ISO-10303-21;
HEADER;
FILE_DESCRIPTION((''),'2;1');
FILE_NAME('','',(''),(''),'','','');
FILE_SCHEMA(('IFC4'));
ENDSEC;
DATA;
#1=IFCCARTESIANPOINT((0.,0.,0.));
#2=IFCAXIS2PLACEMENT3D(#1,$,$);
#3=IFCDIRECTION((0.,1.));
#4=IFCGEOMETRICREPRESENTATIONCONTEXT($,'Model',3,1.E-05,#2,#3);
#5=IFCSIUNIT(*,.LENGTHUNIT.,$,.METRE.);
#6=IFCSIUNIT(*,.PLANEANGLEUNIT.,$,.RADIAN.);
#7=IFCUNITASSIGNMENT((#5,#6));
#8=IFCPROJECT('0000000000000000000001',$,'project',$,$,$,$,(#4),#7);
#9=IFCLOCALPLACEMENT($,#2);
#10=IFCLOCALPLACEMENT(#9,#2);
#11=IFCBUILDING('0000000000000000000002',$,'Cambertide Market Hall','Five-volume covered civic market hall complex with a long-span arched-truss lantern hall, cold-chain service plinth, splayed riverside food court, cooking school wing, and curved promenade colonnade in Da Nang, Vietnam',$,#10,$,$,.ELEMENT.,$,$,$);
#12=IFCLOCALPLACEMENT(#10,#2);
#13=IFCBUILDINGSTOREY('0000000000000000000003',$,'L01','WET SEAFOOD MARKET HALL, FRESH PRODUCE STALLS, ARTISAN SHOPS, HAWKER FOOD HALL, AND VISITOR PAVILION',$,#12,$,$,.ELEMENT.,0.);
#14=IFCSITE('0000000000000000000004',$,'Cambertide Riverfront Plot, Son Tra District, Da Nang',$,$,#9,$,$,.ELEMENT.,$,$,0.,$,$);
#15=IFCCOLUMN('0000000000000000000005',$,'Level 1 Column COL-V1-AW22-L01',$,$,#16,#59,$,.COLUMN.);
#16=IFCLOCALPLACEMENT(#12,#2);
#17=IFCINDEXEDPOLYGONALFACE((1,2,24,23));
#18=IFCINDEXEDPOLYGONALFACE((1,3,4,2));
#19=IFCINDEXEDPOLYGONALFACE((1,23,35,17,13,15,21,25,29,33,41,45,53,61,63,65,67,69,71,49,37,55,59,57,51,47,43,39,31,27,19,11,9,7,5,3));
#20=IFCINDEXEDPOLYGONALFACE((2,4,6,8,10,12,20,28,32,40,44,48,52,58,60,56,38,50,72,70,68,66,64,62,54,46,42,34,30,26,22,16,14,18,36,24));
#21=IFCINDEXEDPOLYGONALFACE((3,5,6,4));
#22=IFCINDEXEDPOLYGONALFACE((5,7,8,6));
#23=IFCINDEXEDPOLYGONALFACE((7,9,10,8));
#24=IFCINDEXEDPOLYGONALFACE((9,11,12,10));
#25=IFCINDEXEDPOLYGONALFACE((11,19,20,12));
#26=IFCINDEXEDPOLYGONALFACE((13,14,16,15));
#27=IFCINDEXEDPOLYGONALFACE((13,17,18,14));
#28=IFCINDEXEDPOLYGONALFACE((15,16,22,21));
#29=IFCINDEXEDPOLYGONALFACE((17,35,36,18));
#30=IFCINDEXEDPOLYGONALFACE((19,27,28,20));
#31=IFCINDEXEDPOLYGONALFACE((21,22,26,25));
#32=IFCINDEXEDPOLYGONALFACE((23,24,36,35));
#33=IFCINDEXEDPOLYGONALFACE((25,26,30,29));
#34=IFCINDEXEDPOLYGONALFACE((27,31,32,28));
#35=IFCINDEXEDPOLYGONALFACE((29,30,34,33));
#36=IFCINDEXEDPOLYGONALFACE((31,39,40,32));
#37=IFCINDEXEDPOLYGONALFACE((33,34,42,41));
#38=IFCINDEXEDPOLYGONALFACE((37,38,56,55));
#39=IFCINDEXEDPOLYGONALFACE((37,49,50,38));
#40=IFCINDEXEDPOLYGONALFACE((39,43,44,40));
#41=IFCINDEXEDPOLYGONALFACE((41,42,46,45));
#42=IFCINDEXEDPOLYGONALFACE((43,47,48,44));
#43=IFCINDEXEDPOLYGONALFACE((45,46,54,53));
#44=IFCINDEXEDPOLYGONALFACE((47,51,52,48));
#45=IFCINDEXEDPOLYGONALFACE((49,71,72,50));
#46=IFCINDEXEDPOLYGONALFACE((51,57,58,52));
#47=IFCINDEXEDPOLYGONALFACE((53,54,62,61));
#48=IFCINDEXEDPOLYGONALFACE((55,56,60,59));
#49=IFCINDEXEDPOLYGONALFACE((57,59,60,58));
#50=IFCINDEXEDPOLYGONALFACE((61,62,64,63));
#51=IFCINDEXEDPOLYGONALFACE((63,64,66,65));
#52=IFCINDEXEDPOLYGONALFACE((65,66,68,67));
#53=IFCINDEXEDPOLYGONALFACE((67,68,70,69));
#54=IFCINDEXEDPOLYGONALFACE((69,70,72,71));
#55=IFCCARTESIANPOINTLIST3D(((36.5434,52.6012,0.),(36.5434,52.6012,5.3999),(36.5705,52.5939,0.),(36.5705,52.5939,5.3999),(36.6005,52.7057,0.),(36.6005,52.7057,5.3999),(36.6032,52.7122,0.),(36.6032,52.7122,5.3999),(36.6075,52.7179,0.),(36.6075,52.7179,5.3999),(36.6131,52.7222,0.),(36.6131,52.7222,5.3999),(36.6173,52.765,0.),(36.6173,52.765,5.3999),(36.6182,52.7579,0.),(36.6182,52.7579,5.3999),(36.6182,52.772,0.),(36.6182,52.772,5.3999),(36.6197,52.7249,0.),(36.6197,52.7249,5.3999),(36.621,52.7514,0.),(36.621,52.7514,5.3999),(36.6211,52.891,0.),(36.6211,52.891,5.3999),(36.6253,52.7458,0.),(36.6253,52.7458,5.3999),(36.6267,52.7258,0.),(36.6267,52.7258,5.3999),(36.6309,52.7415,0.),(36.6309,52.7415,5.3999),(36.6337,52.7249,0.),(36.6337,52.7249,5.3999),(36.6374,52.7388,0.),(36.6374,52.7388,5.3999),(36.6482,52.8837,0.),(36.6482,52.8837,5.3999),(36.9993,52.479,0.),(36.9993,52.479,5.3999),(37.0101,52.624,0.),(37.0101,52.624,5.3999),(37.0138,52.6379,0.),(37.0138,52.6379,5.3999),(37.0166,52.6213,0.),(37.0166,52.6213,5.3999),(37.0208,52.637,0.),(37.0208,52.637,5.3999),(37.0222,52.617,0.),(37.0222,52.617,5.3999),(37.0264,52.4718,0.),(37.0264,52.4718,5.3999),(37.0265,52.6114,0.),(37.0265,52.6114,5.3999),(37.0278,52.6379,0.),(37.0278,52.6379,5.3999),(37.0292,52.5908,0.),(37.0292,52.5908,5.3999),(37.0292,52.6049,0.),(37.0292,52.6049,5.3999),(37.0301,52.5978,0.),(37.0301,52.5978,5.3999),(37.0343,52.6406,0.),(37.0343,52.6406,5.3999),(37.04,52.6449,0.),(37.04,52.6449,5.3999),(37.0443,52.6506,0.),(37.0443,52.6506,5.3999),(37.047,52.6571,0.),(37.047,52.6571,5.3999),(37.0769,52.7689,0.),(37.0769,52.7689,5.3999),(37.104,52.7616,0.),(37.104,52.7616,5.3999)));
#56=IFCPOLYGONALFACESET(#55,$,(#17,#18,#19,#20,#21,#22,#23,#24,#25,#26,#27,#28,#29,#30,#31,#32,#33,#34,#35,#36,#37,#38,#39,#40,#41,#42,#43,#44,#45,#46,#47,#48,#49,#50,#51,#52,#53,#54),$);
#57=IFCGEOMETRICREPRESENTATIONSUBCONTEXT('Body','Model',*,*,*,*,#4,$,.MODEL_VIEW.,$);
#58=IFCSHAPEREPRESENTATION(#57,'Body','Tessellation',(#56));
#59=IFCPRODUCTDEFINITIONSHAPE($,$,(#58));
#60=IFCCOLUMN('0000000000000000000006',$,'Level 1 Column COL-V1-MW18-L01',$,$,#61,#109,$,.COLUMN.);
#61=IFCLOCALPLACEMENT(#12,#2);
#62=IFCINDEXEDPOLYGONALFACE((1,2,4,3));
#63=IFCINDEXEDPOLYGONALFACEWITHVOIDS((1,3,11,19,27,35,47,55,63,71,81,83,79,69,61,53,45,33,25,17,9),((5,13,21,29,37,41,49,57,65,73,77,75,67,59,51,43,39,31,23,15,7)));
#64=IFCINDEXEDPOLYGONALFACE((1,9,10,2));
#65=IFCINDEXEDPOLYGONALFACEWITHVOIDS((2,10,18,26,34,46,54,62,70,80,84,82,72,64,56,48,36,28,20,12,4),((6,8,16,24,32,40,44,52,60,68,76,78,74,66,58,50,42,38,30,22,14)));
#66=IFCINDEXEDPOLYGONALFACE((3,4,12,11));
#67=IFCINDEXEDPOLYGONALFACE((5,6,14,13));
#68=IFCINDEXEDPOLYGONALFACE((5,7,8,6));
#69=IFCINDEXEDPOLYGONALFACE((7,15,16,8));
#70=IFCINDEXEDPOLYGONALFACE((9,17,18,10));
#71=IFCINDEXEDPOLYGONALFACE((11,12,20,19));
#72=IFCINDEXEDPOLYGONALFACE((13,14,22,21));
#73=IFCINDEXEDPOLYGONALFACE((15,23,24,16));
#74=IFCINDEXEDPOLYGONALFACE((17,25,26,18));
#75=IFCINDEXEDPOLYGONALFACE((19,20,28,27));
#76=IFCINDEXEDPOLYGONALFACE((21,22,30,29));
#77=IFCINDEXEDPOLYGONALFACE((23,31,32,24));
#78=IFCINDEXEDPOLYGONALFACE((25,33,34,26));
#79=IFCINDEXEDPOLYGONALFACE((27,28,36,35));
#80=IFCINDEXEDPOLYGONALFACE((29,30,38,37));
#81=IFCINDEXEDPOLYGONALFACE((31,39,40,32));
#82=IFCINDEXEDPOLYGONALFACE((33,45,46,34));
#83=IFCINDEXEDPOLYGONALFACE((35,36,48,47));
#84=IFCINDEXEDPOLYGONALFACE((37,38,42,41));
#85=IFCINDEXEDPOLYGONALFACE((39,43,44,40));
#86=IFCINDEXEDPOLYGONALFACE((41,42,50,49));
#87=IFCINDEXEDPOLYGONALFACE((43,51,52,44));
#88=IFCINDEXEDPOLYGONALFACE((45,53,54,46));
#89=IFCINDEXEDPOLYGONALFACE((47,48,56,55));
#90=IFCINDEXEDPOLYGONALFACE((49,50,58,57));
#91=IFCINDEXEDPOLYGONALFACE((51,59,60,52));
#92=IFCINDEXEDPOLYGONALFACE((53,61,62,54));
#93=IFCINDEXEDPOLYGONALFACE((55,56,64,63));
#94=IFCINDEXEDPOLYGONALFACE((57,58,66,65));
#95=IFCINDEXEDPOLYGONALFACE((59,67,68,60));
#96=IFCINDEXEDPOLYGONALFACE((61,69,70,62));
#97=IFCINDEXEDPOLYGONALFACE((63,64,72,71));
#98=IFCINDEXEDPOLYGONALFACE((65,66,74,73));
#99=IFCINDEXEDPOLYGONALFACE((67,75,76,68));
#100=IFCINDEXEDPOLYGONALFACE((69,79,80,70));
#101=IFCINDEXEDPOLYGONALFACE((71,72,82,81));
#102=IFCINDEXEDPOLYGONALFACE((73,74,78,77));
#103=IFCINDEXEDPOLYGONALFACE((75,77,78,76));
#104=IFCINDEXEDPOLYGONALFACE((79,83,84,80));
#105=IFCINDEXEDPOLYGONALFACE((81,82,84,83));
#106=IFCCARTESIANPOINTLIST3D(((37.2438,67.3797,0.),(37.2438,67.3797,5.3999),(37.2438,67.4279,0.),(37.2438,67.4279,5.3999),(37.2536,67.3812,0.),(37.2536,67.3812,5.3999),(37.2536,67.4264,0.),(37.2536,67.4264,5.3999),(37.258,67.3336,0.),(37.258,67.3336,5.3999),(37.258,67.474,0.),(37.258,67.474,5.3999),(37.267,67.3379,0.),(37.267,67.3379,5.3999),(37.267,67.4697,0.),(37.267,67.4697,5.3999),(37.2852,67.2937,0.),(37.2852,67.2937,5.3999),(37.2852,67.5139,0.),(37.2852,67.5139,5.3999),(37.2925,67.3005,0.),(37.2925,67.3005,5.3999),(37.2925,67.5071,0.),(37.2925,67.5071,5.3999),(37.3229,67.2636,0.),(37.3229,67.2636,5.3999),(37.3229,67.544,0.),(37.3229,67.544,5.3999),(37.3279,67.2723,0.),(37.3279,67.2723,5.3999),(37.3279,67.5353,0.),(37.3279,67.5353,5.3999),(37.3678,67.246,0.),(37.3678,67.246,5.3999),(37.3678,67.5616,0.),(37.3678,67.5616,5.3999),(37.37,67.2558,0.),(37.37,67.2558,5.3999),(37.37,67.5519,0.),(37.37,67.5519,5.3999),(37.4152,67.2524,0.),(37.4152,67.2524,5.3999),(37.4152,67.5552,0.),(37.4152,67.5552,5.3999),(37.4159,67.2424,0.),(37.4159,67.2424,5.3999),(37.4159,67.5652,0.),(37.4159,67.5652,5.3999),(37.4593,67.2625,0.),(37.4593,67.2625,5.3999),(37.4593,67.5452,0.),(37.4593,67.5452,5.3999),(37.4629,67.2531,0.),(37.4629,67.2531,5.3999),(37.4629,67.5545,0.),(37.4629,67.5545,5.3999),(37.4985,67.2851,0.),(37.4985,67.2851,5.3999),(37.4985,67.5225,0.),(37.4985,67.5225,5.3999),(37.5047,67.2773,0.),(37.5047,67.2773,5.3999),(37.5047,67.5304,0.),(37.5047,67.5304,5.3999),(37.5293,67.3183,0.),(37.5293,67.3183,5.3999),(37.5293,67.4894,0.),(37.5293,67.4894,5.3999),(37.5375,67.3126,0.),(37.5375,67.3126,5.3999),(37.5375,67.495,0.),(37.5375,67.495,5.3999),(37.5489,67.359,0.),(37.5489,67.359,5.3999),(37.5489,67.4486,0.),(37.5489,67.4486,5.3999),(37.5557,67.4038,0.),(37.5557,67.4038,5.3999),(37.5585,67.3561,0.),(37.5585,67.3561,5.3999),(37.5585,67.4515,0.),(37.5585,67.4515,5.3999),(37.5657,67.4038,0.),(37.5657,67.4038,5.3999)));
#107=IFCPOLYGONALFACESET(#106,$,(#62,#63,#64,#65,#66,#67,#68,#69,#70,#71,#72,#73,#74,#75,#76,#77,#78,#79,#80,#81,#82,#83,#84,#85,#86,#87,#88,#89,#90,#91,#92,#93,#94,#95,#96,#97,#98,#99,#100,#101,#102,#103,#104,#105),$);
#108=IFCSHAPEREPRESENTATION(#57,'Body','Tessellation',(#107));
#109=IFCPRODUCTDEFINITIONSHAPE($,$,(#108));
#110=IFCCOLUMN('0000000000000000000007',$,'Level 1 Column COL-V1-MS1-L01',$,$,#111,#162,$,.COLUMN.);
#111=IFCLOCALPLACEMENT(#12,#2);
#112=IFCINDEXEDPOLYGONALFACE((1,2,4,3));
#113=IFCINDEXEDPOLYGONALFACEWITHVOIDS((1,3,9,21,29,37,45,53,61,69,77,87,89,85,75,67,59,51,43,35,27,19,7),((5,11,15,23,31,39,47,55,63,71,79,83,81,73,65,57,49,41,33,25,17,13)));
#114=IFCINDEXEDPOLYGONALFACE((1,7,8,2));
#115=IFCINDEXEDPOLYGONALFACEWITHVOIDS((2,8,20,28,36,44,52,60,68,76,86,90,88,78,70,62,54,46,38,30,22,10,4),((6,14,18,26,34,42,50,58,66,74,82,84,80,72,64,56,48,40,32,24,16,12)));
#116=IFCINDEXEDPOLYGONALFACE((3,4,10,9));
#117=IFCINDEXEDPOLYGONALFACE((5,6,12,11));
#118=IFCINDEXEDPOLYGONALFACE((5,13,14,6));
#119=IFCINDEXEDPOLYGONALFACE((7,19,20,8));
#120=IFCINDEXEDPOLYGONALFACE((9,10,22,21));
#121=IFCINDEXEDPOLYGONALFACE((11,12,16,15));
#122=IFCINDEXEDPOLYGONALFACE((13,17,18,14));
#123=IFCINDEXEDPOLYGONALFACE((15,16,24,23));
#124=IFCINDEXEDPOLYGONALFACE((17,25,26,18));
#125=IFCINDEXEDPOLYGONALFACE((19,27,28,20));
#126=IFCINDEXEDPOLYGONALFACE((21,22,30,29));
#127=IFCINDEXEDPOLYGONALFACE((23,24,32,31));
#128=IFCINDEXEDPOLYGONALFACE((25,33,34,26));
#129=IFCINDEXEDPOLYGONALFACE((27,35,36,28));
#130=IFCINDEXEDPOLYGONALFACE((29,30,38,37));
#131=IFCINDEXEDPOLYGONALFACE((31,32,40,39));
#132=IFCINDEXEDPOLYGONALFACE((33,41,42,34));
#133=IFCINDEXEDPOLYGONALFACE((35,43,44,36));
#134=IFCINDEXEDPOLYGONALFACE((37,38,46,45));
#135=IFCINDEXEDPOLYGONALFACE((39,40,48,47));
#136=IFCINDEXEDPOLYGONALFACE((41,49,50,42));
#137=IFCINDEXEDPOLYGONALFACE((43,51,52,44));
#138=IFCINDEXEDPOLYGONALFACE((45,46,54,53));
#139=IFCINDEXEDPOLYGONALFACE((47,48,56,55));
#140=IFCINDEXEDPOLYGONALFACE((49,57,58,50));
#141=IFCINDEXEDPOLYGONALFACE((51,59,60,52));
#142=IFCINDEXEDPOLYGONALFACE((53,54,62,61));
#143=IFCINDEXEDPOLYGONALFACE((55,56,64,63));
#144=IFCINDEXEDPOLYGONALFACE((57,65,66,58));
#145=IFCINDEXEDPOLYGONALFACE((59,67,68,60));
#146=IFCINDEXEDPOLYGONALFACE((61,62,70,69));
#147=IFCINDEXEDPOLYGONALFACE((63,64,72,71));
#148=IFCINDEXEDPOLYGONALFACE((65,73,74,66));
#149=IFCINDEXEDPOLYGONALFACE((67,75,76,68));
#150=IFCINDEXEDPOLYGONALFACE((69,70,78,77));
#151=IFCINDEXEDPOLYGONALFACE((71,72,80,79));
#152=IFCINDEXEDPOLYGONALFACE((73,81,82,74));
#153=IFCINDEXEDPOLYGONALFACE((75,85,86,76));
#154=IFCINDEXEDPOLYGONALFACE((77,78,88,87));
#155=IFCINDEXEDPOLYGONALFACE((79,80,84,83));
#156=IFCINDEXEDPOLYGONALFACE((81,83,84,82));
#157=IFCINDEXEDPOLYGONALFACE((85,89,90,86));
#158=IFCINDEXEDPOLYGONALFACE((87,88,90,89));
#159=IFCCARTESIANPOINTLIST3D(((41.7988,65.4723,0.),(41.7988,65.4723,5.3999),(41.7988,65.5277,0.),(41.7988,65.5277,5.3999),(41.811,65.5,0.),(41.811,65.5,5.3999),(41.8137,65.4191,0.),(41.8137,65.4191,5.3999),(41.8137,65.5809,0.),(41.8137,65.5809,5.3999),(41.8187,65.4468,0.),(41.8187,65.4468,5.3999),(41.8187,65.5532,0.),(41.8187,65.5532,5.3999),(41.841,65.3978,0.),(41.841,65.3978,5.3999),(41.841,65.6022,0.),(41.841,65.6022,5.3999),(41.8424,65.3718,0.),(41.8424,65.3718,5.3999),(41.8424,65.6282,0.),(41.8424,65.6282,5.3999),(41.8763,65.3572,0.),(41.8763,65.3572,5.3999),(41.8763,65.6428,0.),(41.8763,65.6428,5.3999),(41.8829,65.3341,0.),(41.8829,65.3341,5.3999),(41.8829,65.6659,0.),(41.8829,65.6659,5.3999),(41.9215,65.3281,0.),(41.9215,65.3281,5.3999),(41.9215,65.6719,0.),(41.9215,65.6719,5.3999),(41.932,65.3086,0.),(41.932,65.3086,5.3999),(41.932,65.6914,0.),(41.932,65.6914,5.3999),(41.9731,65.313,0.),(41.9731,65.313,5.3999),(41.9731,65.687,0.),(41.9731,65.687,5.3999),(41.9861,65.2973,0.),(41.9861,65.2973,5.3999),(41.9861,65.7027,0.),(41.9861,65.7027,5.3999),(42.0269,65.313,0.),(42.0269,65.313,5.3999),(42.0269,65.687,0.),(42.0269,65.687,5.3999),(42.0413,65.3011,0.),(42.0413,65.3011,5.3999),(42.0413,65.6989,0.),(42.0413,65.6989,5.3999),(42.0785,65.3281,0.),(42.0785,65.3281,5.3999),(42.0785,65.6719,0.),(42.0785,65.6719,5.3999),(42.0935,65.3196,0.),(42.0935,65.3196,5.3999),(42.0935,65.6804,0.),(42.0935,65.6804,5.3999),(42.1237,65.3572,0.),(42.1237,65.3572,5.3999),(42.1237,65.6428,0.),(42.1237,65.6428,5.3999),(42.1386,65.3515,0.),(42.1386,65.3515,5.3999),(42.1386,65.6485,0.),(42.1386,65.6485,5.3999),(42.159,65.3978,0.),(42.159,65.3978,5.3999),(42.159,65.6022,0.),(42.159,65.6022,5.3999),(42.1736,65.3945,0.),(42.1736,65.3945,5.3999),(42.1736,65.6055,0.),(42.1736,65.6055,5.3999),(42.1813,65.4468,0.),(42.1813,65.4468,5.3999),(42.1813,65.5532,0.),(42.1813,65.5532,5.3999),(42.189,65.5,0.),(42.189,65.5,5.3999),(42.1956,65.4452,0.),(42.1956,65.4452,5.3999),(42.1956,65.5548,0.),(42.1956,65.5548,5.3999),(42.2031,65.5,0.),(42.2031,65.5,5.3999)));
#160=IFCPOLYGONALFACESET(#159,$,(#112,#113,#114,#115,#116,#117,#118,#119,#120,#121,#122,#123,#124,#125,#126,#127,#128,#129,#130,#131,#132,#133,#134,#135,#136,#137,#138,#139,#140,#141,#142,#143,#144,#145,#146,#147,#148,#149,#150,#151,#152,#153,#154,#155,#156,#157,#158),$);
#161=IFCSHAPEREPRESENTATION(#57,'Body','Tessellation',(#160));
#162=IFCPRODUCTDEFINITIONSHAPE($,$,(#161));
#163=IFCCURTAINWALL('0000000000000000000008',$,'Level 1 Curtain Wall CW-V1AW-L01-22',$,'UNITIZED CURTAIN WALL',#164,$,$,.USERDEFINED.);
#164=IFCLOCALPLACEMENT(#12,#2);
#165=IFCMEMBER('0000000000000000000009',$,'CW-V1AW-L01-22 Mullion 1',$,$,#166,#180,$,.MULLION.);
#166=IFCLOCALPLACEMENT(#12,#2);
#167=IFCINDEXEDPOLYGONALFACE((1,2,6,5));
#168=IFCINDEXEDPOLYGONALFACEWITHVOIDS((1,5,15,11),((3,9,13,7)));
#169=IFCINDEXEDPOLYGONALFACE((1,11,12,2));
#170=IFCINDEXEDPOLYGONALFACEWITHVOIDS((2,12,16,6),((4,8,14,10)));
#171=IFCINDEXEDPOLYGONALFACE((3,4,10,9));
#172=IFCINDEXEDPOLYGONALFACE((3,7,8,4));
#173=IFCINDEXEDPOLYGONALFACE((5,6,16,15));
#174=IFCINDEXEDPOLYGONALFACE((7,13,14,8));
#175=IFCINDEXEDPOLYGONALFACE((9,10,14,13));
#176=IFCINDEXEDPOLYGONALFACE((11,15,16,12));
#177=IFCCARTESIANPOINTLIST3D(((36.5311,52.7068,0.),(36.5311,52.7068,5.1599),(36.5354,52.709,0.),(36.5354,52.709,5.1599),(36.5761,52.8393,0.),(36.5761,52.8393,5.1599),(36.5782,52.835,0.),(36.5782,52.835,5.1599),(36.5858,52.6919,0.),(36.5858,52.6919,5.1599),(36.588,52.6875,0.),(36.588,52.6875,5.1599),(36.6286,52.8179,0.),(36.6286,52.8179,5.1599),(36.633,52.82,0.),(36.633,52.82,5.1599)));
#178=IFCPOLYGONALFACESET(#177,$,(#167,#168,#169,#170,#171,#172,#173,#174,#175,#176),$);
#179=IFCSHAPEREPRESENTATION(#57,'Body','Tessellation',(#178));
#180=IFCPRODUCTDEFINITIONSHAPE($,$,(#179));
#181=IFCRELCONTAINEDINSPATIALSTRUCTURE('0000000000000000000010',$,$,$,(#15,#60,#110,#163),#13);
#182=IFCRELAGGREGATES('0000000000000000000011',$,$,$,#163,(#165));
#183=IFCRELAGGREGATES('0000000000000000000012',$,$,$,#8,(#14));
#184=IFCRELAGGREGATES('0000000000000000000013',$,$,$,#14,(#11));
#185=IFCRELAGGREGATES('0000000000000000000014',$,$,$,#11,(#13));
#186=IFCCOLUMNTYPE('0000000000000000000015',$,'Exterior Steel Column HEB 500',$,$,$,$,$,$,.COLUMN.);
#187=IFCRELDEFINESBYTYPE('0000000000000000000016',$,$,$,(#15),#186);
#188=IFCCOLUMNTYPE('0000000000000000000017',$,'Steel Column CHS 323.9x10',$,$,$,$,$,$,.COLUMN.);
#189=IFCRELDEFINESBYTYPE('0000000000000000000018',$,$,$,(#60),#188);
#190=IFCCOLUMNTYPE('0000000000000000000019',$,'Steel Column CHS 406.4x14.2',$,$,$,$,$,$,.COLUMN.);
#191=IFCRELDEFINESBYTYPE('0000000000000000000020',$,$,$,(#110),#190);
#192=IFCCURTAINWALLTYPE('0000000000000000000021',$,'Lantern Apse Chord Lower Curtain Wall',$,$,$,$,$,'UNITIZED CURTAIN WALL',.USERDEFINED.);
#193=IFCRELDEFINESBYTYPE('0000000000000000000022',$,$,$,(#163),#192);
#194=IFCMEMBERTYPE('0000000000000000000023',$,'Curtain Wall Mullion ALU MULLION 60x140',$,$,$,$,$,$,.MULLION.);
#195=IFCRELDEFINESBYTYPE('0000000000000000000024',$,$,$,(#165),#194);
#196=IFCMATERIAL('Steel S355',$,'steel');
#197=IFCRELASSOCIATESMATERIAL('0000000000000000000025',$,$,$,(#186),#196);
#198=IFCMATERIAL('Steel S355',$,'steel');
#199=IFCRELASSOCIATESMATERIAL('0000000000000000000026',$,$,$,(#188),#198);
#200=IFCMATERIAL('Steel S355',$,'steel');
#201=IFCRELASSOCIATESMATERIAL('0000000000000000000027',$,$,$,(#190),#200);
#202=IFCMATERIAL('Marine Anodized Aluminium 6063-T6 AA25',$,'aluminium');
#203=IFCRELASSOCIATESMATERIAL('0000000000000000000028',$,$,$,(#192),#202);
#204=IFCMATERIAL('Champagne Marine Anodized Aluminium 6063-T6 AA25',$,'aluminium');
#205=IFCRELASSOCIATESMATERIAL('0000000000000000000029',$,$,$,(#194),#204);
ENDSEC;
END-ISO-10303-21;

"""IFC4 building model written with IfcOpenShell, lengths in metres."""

from ifc_helpers import new_model, si_unit, direction, frame, origin, origin_2d, place, context, subcontext, project, spatial, hollow_rectangle, hollow_circle, i_section, extrude, material, material_profile, profile_set, type_object, element, aggregate, save


model = new_model("IFC4")

# Units and contexts
model_context = context("Model", 3, precision=1e-05, world=origin(), true_north=direction((0.0, 1.0)))
body_context = subcontext(model_context, "Body", "Model", "MODEL_VIEW")
ifc_project = project(units=[si_unit("LENGTHUNIT", "METRE"), si_unit("PLANEANGLEUNIT", "RADIAN")], contexts=[model_context])

# Site, building, storey
site_placement = place(None, origin())
site = spatial("IfcSite", under=ifc_project, at=site_placement, Name="Cambertide Riverfront Plot, Son Tra District, Da Nang", CompositionType="ELEMENT", RefElevation=0.0)
building_placement = place(site_placement, origin())
building = spatial("IfcBuilding", under=site, at=building_placement, Name="Cambertide Market Hall", Description="Five-volume covered civic market hall complex with a long-span arched-truss lantern hall, cold-chain service plinth, splayed riverside food court, cooking school wing, and curved promenade colonnade in Da Nang, Vietnam", CompositionType="ELEMENT")
storey_placement = place(building_placement, origin())
storey = spatial("IfcBuildingStorey", under=building, at=storey_placement, Name="L01", Description="WET SEAFOOD MARKET HALL, FRESH PRODUCE STALLS, ARTISAN SHOPS, HAWKER FOOD HALL, AND VISITOR PAVILION", CompositionType="ELEMENT", Elevation=0.0)

# Columns
ifc_material_1 = material(Name="Steel S355", Category="steel")
ifc_material_profile_1 = material_profile(ifc_material_1, i_section(OverallWidth=0.3, OverallDepth=0.5, WebThickness=0.0144, FlangeThickness=0.0281, FilletRadius=0.0271, at=origin_2d()), Name="HEB 500")
ifc_profile_set_1 = profile_set([ifc_material_profile_1], Name="Steel S355")
column_type_1 = type_object("IfcColumnType", Name="Exterior Steel Column HEB 500", PredefinedType="COLUMN", material=ifc_profile_set_1)
column_1_placement = place(storey_placement, frame((36.8237, 52.6814, 0.0), z_axis=(0.0, 0.0, 1.0), x_axis=(-0.258819, -0.965926, 0.0)))
element("IfcColumn", 1, at=column_1_placement, inside=storey, type_object=column_type_1, Name="Level 1 Column COL-V1-AW22-L01", PredefinedType="COLUMN", context=body_context, shape_type="SweptSolid", body=[
    extrude(i_section(OverallWidth=0.3, OverallDepth=0.5, WebThickness=0.0144, FlangeThickness=0.0281, FilletRadius=0.0271, at=origin_2d()), origin(), (0.0, 0.0, 1.0), 5.3999),
])
ifc_material_2 = material(Name="Steel S355", Category="steel")
ifc_material_profile_2 = material_profile(ifc_material_2, hollow_circle(Radius=0.1619, WallThickness=0.01, at=origin_2d()), Name="CHS 323.9x10")
ifc_profile_set_2 = profile_set([ifc_material_profile_2], Name="Steel S355")
column_type_2 = type_object("IfcColumnType", Name="Steel Column CHS 323.9x10", PredefinedType="COLUMN", material=ifc_profile_set_2)
column_2_placement = place(storey_placement, frame((37.4038, 67.4038, 0.0), z_axis=(0.0, 0.0, 1.0), x_axis=(1.0, 0.0, 0.0)))
element("IfcColumn", 2, at=column_2_placement, inside=storey, type_object=column_type_2, Name="Level 1 Column COL-V1-MW18-L01", PredefinedType="COLUMN", context=body_context, shape_type="SweptSolid", body=[
    extrude(hollow_circle(Radius=0.1619, WallThickness=0.01, at=origin_2d()), origin(), (0.0, 0.0, 1.0), 5.3999),
])
ifc_material_3 = material(Name="Steel S355", Category="steel")
ifc_material_profile_3 = material_profile(ifc_material_3, hollow_circle(Radius=0.2031, WallThickness=0.0142, at=origin_2d()), Name="CHS 406.4x14.2")
ifc_profile_set_3 = profile_set([ifc_material_profile_3], Name="Steel S355")
column_type_3 = type_object("IfcColumnType", Name="Steel Column CHS 406.4x14.2", PredefinedType="COLUMN", material=ifc_profile_set_3)
column_3_placement = place(storey_placement, frame((42.0, 65.5, 0.0), z_axis=(0.0, 0.0, 1.0), x_axis=(1.0, 0.0, 0.0)))
element("IfcColumn", 3, at=column_3_placement, inside=storey, type_object=column_type_3, Name="Level 1 Column COL-V1-MS1-L01", PredefinedType="COLUMN", context=body_context, shape_type="SweptSolid", body=[
    extrude(hollow_circle(Radius=0.2031, WallThickness=0.0142, at=origin_2d()), origin(), (0.0, 0.0, 1.0), 5.3999),
])

# Curtain wall, member
ifc_material_4 = material(Name="Marine Anodized Aluminium 6063-T6 AA25", Category="aluminium")
curtain_wall_type = type_object("IfcCurtainWallType", Name="Lantern Apse Chord Lower Curtain Wall", ElementType="UNITIZED CURTAIN WALL", PredefinedType="USERDEFINED", material=ifc_material_4)
curtain_wall_1_placement = place(storey_placement, origin())
curtain_wall_1 = element("IfcCurtainWall", 4, at=curtain_wall_1_placement, inside=storey, type_object=curtain_wall_type, Name="Level 1 Curtain Wall CW-V1AW-L01-22", ObjectType="UNITIZED CURTAIN WALL", PredefinedType="USERDEFINED")
ifc_material_5 = material(Name="Champagne Marine Anodized Aluminium 6063-T6 AA25", Category="aluminium")
ifc_material_profile_4 = material_profile(ifc_material_5, hollow_rectangle(XDim=0.0601, YDim=0.1399, WallThickness=0.0034, at=origin_2d()), Name="ALU MULLION 60x140")
ifc_profile_set_4 = profile_set([ifc_material_profile_4], Name="Champagne Marine Anodized Aluminium 6063-T6 AA25")
member_type_1 = type_object("IfcMemberType", Name="Curtain Wall Mullion ALU MULLION 60x140", PredefinedType="MULLION", material=ifc_profile_set_4)
member_1_placement = place(storey_placement, frame((36.582, 52.7634, 0.0), z_axis=(0.0, 0.0, 1.0), x_axis=(-0.94693, 0.321439, 0.0)))
member_1 = element("IfcMember", 5, at=member_1_placement, type_object=member_type_1, Name="CW-V1AW-L01-22 Mullion 1", PredefinedType="MULLION", context=body_context, shape_type="SweptSolid", body=[
    extrude(hollow_rectangle(XDim=0.0601, YDim=0.1399, WallThickness=0.0034, at=origin_2d()), origin(), (0.0, 0.0, 1.0), 5.1599),
])

aggregate(curtain_wall_1, [member_1])

save(model, "model.ifc")
